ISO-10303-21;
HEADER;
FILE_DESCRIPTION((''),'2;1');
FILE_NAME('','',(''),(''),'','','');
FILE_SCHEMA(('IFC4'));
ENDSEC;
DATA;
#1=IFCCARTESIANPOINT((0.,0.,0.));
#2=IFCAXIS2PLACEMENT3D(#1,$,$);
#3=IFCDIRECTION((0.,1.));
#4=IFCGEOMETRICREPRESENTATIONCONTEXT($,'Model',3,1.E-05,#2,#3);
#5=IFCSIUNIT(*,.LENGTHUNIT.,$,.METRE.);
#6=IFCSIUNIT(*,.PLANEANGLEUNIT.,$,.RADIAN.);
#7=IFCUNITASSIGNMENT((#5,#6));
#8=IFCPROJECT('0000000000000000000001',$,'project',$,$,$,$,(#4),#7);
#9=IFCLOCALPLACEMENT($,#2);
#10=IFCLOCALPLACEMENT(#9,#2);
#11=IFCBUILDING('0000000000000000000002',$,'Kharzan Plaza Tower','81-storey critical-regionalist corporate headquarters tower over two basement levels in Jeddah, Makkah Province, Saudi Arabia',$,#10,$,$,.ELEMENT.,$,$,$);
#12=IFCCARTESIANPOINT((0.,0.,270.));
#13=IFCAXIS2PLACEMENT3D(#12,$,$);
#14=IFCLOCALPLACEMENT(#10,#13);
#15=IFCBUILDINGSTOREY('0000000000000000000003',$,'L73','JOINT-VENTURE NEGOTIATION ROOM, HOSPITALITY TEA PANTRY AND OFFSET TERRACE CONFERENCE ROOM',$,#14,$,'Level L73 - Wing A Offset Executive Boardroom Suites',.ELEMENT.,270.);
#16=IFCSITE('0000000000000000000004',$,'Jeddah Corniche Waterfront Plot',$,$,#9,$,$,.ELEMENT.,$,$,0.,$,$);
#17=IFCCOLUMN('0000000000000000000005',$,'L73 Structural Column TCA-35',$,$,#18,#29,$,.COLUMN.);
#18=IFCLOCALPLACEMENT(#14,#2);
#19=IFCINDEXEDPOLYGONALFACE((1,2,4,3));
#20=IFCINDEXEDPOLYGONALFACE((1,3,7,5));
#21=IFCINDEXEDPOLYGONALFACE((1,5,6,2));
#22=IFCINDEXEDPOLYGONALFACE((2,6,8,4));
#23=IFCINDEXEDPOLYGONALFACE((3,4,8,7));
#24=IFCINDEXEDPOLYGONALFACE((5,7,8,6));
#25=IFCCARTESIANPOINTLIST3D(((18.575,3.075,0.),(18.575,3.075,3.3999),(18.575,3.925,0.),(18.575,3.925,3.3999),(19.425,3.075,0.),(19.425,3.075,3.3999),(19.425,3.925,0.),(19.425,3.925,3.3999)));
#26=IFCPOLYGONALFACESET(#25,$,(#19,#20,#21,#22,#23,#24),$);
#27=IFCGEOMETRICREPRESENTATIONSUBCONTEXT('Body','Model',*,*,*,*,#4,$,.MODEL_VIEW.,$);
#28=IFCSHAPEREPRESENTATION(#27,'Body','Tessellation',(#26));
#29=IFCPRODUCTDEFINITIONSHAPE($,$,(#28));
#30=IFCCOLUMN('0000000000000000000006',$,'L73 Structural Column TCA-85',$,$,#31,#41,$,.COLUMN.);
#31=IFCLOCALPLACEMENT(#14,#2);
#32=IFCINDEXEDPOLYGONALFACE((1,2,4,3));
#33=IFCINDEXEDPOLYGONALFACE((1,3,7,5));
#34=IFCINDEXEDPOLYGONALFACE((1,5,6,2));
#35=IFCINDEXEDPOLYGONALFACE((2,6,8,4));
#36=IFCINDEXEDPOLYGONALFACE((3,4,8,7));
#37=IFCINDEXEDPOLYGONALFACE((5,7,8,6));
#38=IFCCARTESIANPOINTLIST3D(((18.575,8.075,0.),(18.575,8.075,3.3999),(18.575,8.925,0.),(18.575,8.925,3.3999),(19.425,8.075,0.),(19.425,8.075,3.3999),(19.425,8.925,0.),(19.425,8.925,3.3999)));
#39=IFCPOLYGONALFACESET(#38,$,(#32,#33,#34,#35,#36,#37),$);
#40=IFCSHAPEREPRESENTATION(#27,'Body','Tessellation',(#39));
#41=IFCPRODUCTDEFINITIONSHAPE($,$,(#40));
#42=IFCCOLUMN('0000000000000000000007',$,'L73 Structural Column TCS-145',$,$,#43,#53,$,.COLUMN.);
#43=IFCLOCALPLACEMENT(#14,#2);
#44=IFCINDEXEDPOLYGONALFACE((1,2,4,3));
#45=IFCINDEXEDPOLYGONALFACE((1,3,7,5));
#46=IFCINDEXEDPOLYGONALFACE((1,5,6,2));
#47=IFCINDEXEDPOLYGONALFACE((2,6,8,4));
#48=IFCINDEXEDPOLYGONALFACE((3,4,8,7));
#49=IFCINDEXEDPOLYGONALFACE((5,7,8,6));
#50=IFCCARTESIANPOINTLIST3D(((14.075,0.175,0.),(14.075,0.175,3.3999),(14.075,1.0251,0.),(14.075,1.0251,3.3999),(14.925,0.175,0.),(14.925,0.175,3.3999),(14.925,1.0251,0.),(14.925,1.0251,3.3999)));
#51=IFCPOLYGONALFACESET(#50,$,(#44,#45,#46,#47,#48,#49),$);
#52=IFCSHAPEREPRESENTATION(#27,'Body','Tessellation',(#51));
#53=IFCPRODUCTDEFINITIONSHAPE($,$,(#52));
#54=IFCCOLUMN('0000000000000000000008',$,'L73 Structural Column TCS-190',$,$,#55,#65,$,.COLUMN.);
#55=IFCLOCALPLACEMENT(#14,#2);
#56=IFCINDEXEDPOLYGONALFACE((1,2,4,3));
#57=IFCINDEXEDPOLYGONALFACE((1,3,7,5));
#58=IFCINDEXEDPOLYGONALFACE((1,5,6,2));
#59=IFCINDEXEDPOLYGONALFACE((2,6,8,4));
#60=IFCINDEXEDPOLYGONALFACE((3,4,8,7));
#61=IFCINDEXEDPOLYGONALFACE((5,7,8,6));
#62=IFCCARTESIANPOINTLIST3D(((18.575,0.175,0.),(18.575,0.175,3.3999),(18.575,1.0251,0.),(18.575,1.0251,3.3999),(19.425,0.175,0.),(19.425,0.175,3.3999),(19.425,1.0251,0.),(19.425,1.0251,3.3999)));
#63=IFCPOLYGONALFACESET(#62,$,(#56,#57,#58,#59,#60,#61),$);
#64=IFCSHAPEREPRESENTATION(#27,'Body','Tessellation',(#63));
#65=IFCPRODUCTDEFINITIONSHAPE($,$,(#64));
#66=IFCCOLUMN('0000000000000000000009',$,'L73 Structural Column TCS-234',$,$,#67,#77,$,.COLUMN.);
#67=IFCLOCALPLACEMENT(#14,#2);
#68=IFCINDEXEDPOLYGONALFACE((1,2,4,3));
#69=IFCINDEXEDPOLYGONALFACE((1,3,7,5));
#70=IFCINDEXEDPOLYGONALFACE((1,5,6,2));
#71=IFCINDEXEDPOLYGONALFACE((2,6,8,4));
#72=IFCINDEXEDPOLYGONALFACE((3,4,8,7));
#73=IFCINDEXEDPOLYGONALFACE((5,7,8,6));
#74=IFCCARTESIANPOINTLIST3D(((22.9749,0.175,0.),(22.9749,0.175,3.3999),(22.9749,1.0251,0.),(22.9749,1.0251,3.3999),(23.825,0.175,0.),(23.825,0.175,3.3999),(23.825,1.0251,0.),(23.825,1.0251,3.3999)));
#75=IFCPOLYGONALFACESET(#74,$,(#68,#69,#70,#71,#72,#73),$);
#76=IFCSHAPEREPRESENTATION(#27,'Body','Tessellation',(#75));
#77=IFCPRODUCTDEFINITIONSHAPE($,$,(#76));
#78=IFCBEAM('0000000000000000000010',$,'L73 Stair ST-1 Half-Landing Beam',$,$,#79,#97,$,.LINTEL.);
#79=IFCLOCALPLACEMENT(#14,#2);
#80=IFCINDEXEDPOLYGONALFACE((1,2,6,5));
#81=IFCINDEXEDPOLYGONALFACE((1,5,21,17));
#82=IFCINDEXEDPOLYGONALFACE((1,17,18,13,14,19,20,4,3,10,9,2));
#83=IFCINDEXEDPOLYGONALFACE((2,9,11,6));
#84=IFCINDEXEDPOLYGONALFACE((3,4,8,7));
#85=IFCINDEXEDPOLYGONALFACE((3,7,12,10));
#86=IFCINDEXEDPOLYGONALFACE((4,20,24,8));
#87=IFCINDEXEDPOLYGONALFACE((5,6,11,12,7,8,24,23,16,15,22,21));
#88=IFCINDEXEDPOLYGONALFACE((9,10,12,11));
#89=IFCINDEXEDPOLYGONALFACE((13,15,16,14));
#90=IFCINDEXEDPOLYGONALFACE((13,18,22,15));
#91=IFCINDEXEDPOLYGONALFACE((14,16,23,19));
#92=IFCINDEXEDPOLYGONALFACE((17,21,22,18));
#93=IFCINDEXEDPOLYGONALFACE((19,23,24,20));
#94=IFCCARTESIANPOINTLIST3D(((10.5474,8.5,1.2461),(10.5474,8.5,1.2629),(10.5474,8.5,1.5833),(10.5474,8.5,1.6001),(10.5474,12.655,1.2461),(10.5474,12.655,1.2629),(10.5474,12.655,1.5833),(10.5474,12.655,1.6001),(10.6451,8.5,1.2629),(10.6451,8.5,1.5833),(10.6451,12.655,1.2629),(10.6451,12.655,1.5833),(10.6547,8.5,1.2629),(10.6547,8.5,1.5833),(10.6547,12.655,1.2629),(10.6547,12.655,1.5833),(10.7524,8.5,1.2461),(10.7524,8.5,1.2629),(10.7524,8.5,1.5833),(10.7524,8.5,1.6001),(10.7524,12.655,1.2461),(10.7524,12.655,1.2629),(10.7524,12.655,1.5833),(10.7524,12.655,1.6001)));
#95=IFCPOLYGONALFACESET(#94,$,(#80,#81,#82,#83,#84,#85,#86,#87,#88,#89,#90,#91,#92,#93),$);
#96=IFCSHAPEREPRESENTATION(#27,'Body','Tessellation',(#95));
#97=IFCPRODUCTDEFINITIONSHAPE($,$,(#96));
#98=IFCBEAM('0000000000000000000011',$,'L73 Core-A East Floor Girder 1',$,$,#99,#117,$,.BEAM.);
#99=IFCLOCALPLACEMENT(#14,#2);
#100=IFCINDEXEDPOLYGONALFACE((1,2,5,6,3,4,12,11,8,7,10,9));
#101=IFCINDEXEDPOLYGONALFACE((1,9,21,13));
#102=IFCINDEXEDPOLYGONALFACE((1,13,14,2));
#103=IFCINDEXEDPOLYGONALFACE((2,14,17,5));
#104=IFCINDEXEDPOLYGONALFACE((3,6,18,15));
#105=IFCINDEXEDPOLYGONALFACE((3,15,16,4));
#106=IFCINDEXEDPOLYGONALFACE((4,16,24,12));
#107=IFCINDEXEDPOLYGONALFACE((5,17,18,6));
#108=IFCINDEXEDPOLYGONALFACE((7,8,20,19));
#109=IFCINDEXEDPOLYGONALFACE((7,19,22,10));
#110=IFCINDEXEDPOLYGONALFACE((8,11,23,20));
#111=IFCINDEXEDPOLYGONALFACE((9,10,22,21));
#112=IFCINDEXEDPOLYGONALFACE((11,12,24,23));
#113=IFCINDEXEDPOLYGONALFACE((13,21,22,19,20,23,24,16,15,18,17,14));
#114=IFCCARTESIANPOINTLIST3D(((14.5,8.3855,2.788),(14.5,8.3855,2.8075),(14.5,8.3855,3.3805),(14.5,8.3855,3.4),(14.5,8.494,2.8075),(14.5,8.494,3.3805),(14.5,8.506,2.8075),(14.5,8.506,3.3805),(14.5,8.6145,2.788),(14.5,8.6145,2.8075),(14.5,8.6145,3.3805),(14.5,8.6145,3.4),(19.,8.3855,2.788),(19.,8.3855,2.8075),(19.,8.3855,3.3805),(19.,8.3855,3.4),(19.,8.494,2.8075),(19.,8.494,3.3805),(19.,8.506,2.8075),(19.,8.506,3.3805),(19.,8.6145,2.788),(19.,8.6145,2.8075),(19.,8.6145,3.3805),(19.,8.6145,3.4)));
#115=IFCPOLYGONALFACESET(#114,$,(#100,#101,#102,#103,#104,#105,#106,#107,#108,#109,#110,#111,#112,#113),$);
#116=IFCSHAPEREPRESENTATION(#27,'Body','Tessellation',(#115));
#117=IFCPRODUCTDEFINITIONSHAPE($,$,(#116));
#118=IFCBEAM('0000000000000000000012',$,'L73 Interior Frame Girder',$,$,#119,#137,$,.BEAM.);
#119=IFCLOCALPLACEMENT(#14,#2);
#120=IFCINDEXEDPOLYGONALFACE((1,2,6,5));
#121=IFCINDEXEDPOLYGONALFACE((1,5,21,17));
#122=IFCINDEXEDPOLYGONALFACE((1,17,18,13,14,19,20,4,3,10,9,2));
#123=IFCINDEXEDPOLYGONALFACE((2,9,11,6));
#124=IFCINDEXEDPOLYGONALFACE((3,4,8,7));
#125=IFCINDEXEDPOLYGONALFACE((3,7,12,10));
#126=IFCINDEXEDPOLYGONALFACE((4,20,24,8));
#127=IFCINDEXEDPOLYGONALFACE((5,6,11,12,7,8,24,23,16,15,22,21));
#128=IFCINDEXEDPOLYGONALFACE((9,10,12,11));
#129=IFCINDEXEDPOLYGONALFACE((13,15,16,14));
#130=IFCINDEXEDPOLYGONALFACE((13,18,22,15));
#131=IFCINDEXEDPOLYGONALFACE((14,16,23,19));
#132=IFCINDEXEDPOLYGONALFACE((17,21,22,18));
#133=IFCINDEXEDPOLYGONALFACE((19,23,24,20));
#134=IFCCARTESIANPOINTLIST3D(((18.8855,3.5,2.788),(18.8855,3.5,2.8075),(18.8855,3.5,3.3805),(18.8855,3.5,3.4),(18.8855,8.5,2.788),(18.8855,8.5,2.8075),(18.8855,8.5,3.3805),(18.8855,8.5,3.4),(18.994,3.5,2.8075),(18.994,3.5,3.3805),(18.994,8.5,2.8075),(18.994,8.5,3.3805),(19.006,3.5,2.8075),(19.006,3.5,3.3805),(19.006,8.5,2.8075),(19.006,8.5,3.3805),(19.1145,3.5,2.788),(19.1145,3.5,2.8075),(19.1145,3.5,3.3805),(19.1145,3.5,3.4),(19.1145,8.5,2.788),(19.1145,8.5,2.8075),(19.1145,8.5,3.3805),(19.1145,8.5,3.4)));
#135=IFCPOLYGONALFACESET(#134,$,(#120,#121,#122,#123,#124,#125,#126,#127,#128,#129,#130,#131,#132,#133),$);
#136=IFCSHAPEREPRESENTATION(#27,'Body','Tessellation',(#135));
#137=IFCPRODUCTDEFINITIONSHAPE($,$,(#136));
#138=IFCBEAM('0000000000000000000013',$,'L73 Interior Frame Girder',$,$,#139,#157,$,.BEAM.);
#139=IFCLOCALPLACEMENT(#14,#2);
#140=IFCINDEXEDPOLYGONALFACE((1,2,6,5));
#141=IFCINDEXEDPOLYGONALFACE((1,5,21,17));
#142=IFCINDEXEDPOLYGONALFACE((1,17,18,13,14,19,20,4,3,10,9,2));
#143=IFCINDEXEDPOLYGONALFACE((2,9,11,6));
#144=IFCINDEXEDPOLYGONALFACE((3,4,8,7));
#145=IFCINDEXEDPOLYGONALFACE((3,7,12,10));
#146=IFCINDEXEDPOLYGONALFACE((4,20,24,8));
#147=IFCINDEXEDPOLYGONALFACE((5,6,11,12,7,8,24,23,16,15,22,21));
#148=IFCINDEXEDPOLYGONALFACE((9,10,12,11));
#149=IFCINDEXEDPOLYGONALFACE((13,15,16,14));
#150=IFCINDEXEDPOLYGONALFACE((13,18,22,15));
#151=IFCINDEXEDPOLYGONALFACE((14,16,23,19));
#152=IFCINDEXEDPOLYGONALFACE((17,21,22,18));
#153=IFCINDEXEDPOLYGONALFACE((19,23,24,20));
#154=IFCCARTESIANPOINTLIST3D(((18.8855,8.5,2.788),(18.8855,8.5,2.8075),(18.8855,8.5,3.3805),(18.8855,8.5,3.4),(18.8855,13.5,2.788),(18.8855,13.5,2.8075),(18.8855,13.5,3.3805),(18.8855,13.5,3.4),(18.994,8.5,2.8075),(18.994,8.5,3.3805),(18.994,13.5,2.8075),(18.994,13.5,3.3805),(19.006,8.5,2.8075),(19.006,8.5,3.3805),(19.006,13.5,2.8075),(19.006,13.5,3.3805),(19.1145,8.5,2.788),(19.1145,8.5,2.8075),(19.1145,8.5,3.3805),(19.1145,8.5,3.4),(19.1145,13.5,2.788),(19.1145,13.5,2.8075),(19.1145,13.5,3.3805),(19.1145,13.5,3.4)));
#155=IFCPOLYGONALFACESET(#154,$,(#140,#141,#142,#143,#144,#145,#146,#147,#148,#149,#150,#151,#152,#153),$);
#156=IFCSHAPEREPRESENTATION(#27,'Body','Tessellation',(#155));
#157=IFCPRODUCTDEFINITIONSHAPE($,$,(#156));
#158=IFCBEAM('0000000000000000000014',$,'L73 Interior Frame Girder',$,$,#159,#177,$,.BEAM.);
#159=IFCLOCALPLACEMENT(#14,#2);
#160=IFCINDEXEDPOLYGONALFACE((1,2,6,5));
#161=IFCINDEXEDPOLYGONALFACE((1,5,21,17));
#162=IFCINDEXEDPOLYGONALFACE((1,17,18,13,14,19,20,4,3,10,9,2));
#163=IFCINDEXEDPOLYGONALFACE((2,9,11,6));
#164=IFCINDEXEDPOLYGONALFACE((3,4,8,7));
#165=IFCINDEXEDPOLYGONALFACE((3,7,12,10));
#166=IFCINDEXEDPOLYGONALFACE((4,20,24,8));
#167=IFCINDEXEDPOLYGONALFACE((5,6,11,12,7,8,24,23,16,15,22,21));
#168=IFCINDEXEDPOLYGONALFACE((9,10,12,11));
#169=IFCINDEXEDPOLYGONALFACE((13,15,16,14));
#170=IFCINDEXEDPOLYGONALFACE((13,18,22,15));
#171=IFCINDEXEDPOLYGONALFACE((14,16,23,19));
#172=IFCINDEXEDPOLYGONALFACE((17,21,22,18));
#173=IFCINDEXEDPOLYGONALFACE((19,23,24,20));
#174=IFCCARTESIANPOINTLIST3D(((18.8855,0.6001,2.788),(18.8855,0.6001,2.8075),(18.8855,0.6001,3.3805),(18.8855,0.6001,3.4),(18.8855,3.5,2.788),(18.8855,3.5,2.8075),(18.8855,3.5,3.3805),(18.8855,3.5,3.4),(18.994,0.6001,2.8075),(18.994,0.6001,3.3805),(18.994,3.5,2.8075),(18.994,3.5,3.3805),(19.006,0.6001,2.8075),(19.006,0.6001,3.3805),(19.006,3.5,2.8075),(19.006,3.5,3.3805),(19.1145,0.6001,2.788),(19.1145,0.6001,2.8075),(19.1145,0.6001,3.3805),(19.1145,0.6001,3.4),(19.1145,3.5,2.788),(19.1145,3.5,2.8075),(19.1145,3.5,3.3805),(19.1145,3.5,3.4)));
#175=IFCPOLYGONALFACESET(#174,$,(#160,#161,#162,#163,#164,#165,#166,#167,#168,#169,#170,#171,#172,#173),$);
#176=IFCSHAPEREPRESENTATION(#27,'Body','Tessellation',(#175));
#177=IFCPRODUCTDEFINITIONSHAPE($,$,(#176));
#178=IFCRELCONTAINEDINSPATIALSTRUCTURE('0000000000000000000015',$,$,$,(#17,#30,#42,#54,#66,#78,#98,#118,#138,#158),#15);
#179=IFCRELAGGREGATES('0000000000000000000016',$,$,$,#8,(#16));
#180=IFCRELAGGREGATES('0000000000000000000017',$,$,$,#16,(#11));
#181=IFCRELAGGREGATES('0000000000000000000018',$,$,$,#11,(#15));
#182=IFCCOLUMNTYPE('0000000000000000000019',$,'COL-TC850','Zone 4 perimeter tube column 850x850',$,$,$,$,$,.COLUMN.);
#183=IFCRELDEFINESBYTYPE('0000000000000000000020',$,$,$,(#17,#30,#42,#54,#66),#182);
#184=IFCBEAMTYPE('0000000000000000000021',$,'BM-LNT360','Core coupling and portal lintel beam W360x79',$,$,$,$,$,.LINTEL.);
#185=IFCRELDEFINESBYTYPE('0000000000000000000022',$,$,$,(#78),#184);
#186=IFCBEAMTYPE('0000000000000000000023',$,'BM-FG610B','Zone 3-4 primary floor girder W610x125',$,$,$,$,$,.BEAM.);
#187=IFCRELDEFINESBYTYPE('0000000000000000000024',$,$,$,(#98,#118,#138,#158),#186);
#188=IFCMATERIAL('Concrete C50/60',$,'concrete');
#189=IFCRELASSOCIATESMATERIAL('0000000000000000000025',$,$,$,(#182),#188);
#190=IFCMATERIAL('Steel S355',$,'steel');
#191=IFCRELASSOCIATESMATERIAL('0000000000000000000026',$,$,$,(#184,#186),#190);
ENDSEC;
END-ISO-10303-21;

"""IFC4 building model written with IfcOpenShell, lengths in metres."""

from ifc_helpers import new_model, si_unit, direction, frame, origin, origin_2d, place, context, subcontext, project, spatial, rectangle, i_section, extrude, source, transform, mapped, material, material_profile, profile_set, type_object, element, save


model = new_model("IFC4")

# Units and contexts
model_context = context("Model", 3, precision=1e-05, world=origin(), true_north=direction((0.0, 1.0)))
body_context = subcontext(model_context, "Body", "Model", "MODEL_VIEW")
ifc_project = project(units=[si_unit("LENGTHUNIT", "METRE"), si_unit("PLANEANGLEUNIT", "RADIAN")], contexts=[model_context])

# Site, building, storey
site_placement = place(None, origin())
site = spatial("IfcSite", under=ifc_project, at=site_placement, Name="Jeddah Corniche Waterfront Plot", CompositionType="ELEMENT", RefElevation=0.0)
building_placement = place(site_placement, origin())
building = spatial("IfcBuilding", under=site, at=building_placement, Name="Kharzan Plaza Tower", Description="81-storey critical-regionalist corporate headquarters tower over two basement levels in Jeddah, Makkah Province, Saudi Arabia", CompositionType="ELEMENT")
storey_placement = place(building_placement, frame((0.0, 0.0, 270.0)))
storey = spatial("IfcBuildingStorey", under=building, at=storey_placement, Name="L73", Description="JOINT-VENTURE NEGOTIATION ROOM, HOSPITALITY TEA PANTRY AND OFFSET TERRACE CONFERENCE ROOM", LongName="Level L73 - Wing A Offset Executive Boardroom Suites", CompositionType="ELEMENT", Elevation=270.0)

# Columns
ifc_material_1 = material(Name="Concrete C50/60", Category="concrete")
ifc_material_profile_1 = material_profile(ifc_material_1, rectangle(XDim=0.8501, YDim=0.8501, at=origin_2d()), Name="RC-TC850x850")
ifc_profile_set_1 = profile_set([ifc_material_profile_1], Name="Concrete C50/60")
column_type = type_object("IfcColumnType", Name="COL-TC850", Description="Zone 4 perimeter tube column 850x850", PredefinedType="COLUMN", material=ifc_profile_set_1)
shared_shape_1 = source(origin(), body_context, "Body", "SweptSolid", [
    extrude(rectangle(XDim=0.8501, YDim=0.8501, at=origin_2d()), origin(), (0.0, 0.0, 1.0), 3.3999),
])
for number, where, z_axis, x_axis, name in (
    (1, (19.0, 3.5, 0.0), (0.0, 0.0, 1.0), (1.0, 0.0, 0.0), "L73 Structural Column TCA-35"),
    (2, (19.0, 8.5, 0.0), (0.0, 0.0, 1.0), (1.0, 0.0, 0.0), "L73 Structural Column TCA-85"),
    (3, (14.5, 0.6001, 0.0), (0.0, 0.0, 1.0), (1.0, 0.0, 0.0), "L73 Structural Column TCS-145"),
    (4, (19.0, 0.6001, 0.0), (0.0, 0.0, 1.0), (1.0, 0.0, 0.0), "L73 Structural Column TCS-190"),
    (5, (23.3999, 0.6001, 0.0), (0.0, 0.0, 1.0), (1.0, 0.0, 0.0), "L73 Structural Column TCS-234"),
):
    element("IfcColumn", number, at=place(storey_placement, frame(where, z_axis=z_axis, x_axis=x_axis)), inside=storey, type_object=column_type, Name=name, PredefinedType="COLUMN", context=body_context, shape_type="MappedRepresentation", body=[
        mapped(shared_shape_1, transform((0.0, 0.0, 0.0), x_axis=(1.0, 0.0, 0.0), y_axis=(0.0, 1.0, 0.0), z_axis=(0.0, 0.0, 1.0))),
    ])

# Beams
ifc_material_2 = material(Name="Steel S355", Category="steel")
ifc_material_profile_2 = material_profile(ifc_material_2, i_section(OverallWidth=0.2051, OverallDepth=0.354, WebThickness=0.0095, FlangeThickness=0.0168, at=origin_2d()), Name="W360x79")
ifc_profile_set_2 = profile_set([ifc_material_profile_2], Name="Steel S355")
beam_type_1 = type_object("IfcBeamType", Name="BM-LNT360", Description="Core coupling and portal lintel beam W360x79", PredefinedType="LINTEL", material=ifc_profile_set_2)
shared_shape_2 = source(origin(), body_context, "Body", "SweptSolid", [
    extrude(i_section(OverallWidth=0.2051, OverallDepth=0.354, WebThickness=0.0095, FlangeThickness=0.0168, at=origin_2d()), origin(), (0.0, 0.0, 1.0), 4.155),
])
beam_1_placement = place(storey_placement, frame((10.6499, 8.5, 1.4231), z_axis=(0.0, 1.0, 0.0), x_axis=(-1.0, 0.0, 0.0)))
element("IfcBeam", 6, at=beam_1_placement, inside=storey, type_object=beam_type_1, Name="L73 Stair ST-1 Half-Landing Beam", PredefinedType="LINTEL", context=body_context, shape_type="MappedRepresentation", body=[
    mapped(shared_shape_2, transform((0.0, 0.0, 0.0), x_axis=(1.0, 0.0, 0.0), y_axis=(0.0, 1.0, 0.0), z_axis=(0.0, 0.0, 1.0))),
])
ifc_material_profile_3 = material_profile(ifc_material_2, i_section(OverallWidth=0.229, OverallDepth=0.6121, WebThickness=0.012, FlangeThickness=0.0195, at=origin_2d()), Name="W610x125")
ifc_profile_set_3 = profile_set([ifc_material_profile_3], Name="Steel S355")
beam_type_2 = type_object("IfcBeamType", Name="BM-FG610B", Description="Zone 3-4 primary floor girder W610x125", PredefinedType="BEAM", material=ifc_profile_set_3)
shared_shape_3 = source(origin(), body_context, "Body", "SweptSolid", [
    extrude(i_section(OverallWidth=0.229, OverallDepth=0.6121, WebThickness=0.012, FlangeThickness=0.0195, at=origin_2d()), origin(), (0.0, 0.0, 1.0), 4.5),
])
beam_2_placement = place(storey_placement, frame((14.5, 8.5, 3.094), z_axis=(1.0, 0.0, 0.0), x_axis=(0.0, 1.0, 0.0)))
element("IfcBeam", 7, at=beam_2_placement, inside=storey, type_object=beam_type_2, Name="L73 Core-A East Floor Girder 1", PredefinedType="BEAM", context=body_context, shape_type="MappedRepresentation", body=[
    mapped(shared_shape_3, transform((0.0, 0.0, 0.0), x_axis=(1.0, 0.0, 0.0), y_axis=(0.0, 1.0, 0.0), z_axis=(0.0, 0.0, 1.0))),
])
shared_shape_4 = source(origin(), body_context, "Body", "SweptSolid", [
    extrude(i_section(OverallWidth=0.229, OverallDepth=0.6121, WebThickness=0.012, FlangeThickness=0.0195, at=origin_2d()), origin(), (0.0, 0.0, 1.0), 5.0),
])
for number, where, z_axis, x_axis, name in (
    (8, (19.0, 3.5, 3.094), (0.0, 1.0, 0.0), (-1.0, 0.0, 0.0), "L73 Interior Frame Girder"),
    (9, (19.0, 8.5, 3.094), (0.0, 1.0, 0.0), (-1.0, 0.0, 0.0), "L73 Interior Frame Girder"),
):
    element("IfcBeam", number, at=place(storey_placement, frame(where, z_axis=z_axis, x_axis=x_axis)), inside=storey, type_object=beam_type_2, Name=name, PredefinedType="BEAM", context=body_context, shape_type="MappedRepresentation", body=[
        mapped(shared_shape_4, transform((0.0, 0.0, 0.0), x_axis=(1.0, 0.0, 0.0), y_axis=(0.0, 1.0, 0.0), z_axis=(0.0, 0.0, 1.0))),
    ])
shared_shape_5 = source(origin(), body_context, "Body", "SweptSolid", [
    extrude(i_section(OverallWidth=0.229, OverallDepth=0.6121, WebThickness=0.012, FlangeThickness=0.0195, at=origin_2d()), origin(), (0.0, 0.0, 1.0), 2.8999),
])
beam_3_placement = place(storey_placement, frame((19.0, 0.6001, 3.094), z_axis=(0.0, 1.0, 0.0), x_axis=(-1.0, 0.0, 0.0)))
element("IfcBeam", 10, at=beam_3_placement, inside=storey, type_object=beam_type_2, Name="L73 Interior Frame Girder", PredefinedType="BEAM", context=body_context, shape_type="MappedRepresentation", body=[
    mapped(shared_shape_5, transform((0.0, 0.0, 0.0), x_axis=(1.0, 0.0, 0.0), y_axis=(0.0, 1.0, 0.0), z_axis=(0.0, 0.0, 1.0))),
])

save(model, "model.ifc")
